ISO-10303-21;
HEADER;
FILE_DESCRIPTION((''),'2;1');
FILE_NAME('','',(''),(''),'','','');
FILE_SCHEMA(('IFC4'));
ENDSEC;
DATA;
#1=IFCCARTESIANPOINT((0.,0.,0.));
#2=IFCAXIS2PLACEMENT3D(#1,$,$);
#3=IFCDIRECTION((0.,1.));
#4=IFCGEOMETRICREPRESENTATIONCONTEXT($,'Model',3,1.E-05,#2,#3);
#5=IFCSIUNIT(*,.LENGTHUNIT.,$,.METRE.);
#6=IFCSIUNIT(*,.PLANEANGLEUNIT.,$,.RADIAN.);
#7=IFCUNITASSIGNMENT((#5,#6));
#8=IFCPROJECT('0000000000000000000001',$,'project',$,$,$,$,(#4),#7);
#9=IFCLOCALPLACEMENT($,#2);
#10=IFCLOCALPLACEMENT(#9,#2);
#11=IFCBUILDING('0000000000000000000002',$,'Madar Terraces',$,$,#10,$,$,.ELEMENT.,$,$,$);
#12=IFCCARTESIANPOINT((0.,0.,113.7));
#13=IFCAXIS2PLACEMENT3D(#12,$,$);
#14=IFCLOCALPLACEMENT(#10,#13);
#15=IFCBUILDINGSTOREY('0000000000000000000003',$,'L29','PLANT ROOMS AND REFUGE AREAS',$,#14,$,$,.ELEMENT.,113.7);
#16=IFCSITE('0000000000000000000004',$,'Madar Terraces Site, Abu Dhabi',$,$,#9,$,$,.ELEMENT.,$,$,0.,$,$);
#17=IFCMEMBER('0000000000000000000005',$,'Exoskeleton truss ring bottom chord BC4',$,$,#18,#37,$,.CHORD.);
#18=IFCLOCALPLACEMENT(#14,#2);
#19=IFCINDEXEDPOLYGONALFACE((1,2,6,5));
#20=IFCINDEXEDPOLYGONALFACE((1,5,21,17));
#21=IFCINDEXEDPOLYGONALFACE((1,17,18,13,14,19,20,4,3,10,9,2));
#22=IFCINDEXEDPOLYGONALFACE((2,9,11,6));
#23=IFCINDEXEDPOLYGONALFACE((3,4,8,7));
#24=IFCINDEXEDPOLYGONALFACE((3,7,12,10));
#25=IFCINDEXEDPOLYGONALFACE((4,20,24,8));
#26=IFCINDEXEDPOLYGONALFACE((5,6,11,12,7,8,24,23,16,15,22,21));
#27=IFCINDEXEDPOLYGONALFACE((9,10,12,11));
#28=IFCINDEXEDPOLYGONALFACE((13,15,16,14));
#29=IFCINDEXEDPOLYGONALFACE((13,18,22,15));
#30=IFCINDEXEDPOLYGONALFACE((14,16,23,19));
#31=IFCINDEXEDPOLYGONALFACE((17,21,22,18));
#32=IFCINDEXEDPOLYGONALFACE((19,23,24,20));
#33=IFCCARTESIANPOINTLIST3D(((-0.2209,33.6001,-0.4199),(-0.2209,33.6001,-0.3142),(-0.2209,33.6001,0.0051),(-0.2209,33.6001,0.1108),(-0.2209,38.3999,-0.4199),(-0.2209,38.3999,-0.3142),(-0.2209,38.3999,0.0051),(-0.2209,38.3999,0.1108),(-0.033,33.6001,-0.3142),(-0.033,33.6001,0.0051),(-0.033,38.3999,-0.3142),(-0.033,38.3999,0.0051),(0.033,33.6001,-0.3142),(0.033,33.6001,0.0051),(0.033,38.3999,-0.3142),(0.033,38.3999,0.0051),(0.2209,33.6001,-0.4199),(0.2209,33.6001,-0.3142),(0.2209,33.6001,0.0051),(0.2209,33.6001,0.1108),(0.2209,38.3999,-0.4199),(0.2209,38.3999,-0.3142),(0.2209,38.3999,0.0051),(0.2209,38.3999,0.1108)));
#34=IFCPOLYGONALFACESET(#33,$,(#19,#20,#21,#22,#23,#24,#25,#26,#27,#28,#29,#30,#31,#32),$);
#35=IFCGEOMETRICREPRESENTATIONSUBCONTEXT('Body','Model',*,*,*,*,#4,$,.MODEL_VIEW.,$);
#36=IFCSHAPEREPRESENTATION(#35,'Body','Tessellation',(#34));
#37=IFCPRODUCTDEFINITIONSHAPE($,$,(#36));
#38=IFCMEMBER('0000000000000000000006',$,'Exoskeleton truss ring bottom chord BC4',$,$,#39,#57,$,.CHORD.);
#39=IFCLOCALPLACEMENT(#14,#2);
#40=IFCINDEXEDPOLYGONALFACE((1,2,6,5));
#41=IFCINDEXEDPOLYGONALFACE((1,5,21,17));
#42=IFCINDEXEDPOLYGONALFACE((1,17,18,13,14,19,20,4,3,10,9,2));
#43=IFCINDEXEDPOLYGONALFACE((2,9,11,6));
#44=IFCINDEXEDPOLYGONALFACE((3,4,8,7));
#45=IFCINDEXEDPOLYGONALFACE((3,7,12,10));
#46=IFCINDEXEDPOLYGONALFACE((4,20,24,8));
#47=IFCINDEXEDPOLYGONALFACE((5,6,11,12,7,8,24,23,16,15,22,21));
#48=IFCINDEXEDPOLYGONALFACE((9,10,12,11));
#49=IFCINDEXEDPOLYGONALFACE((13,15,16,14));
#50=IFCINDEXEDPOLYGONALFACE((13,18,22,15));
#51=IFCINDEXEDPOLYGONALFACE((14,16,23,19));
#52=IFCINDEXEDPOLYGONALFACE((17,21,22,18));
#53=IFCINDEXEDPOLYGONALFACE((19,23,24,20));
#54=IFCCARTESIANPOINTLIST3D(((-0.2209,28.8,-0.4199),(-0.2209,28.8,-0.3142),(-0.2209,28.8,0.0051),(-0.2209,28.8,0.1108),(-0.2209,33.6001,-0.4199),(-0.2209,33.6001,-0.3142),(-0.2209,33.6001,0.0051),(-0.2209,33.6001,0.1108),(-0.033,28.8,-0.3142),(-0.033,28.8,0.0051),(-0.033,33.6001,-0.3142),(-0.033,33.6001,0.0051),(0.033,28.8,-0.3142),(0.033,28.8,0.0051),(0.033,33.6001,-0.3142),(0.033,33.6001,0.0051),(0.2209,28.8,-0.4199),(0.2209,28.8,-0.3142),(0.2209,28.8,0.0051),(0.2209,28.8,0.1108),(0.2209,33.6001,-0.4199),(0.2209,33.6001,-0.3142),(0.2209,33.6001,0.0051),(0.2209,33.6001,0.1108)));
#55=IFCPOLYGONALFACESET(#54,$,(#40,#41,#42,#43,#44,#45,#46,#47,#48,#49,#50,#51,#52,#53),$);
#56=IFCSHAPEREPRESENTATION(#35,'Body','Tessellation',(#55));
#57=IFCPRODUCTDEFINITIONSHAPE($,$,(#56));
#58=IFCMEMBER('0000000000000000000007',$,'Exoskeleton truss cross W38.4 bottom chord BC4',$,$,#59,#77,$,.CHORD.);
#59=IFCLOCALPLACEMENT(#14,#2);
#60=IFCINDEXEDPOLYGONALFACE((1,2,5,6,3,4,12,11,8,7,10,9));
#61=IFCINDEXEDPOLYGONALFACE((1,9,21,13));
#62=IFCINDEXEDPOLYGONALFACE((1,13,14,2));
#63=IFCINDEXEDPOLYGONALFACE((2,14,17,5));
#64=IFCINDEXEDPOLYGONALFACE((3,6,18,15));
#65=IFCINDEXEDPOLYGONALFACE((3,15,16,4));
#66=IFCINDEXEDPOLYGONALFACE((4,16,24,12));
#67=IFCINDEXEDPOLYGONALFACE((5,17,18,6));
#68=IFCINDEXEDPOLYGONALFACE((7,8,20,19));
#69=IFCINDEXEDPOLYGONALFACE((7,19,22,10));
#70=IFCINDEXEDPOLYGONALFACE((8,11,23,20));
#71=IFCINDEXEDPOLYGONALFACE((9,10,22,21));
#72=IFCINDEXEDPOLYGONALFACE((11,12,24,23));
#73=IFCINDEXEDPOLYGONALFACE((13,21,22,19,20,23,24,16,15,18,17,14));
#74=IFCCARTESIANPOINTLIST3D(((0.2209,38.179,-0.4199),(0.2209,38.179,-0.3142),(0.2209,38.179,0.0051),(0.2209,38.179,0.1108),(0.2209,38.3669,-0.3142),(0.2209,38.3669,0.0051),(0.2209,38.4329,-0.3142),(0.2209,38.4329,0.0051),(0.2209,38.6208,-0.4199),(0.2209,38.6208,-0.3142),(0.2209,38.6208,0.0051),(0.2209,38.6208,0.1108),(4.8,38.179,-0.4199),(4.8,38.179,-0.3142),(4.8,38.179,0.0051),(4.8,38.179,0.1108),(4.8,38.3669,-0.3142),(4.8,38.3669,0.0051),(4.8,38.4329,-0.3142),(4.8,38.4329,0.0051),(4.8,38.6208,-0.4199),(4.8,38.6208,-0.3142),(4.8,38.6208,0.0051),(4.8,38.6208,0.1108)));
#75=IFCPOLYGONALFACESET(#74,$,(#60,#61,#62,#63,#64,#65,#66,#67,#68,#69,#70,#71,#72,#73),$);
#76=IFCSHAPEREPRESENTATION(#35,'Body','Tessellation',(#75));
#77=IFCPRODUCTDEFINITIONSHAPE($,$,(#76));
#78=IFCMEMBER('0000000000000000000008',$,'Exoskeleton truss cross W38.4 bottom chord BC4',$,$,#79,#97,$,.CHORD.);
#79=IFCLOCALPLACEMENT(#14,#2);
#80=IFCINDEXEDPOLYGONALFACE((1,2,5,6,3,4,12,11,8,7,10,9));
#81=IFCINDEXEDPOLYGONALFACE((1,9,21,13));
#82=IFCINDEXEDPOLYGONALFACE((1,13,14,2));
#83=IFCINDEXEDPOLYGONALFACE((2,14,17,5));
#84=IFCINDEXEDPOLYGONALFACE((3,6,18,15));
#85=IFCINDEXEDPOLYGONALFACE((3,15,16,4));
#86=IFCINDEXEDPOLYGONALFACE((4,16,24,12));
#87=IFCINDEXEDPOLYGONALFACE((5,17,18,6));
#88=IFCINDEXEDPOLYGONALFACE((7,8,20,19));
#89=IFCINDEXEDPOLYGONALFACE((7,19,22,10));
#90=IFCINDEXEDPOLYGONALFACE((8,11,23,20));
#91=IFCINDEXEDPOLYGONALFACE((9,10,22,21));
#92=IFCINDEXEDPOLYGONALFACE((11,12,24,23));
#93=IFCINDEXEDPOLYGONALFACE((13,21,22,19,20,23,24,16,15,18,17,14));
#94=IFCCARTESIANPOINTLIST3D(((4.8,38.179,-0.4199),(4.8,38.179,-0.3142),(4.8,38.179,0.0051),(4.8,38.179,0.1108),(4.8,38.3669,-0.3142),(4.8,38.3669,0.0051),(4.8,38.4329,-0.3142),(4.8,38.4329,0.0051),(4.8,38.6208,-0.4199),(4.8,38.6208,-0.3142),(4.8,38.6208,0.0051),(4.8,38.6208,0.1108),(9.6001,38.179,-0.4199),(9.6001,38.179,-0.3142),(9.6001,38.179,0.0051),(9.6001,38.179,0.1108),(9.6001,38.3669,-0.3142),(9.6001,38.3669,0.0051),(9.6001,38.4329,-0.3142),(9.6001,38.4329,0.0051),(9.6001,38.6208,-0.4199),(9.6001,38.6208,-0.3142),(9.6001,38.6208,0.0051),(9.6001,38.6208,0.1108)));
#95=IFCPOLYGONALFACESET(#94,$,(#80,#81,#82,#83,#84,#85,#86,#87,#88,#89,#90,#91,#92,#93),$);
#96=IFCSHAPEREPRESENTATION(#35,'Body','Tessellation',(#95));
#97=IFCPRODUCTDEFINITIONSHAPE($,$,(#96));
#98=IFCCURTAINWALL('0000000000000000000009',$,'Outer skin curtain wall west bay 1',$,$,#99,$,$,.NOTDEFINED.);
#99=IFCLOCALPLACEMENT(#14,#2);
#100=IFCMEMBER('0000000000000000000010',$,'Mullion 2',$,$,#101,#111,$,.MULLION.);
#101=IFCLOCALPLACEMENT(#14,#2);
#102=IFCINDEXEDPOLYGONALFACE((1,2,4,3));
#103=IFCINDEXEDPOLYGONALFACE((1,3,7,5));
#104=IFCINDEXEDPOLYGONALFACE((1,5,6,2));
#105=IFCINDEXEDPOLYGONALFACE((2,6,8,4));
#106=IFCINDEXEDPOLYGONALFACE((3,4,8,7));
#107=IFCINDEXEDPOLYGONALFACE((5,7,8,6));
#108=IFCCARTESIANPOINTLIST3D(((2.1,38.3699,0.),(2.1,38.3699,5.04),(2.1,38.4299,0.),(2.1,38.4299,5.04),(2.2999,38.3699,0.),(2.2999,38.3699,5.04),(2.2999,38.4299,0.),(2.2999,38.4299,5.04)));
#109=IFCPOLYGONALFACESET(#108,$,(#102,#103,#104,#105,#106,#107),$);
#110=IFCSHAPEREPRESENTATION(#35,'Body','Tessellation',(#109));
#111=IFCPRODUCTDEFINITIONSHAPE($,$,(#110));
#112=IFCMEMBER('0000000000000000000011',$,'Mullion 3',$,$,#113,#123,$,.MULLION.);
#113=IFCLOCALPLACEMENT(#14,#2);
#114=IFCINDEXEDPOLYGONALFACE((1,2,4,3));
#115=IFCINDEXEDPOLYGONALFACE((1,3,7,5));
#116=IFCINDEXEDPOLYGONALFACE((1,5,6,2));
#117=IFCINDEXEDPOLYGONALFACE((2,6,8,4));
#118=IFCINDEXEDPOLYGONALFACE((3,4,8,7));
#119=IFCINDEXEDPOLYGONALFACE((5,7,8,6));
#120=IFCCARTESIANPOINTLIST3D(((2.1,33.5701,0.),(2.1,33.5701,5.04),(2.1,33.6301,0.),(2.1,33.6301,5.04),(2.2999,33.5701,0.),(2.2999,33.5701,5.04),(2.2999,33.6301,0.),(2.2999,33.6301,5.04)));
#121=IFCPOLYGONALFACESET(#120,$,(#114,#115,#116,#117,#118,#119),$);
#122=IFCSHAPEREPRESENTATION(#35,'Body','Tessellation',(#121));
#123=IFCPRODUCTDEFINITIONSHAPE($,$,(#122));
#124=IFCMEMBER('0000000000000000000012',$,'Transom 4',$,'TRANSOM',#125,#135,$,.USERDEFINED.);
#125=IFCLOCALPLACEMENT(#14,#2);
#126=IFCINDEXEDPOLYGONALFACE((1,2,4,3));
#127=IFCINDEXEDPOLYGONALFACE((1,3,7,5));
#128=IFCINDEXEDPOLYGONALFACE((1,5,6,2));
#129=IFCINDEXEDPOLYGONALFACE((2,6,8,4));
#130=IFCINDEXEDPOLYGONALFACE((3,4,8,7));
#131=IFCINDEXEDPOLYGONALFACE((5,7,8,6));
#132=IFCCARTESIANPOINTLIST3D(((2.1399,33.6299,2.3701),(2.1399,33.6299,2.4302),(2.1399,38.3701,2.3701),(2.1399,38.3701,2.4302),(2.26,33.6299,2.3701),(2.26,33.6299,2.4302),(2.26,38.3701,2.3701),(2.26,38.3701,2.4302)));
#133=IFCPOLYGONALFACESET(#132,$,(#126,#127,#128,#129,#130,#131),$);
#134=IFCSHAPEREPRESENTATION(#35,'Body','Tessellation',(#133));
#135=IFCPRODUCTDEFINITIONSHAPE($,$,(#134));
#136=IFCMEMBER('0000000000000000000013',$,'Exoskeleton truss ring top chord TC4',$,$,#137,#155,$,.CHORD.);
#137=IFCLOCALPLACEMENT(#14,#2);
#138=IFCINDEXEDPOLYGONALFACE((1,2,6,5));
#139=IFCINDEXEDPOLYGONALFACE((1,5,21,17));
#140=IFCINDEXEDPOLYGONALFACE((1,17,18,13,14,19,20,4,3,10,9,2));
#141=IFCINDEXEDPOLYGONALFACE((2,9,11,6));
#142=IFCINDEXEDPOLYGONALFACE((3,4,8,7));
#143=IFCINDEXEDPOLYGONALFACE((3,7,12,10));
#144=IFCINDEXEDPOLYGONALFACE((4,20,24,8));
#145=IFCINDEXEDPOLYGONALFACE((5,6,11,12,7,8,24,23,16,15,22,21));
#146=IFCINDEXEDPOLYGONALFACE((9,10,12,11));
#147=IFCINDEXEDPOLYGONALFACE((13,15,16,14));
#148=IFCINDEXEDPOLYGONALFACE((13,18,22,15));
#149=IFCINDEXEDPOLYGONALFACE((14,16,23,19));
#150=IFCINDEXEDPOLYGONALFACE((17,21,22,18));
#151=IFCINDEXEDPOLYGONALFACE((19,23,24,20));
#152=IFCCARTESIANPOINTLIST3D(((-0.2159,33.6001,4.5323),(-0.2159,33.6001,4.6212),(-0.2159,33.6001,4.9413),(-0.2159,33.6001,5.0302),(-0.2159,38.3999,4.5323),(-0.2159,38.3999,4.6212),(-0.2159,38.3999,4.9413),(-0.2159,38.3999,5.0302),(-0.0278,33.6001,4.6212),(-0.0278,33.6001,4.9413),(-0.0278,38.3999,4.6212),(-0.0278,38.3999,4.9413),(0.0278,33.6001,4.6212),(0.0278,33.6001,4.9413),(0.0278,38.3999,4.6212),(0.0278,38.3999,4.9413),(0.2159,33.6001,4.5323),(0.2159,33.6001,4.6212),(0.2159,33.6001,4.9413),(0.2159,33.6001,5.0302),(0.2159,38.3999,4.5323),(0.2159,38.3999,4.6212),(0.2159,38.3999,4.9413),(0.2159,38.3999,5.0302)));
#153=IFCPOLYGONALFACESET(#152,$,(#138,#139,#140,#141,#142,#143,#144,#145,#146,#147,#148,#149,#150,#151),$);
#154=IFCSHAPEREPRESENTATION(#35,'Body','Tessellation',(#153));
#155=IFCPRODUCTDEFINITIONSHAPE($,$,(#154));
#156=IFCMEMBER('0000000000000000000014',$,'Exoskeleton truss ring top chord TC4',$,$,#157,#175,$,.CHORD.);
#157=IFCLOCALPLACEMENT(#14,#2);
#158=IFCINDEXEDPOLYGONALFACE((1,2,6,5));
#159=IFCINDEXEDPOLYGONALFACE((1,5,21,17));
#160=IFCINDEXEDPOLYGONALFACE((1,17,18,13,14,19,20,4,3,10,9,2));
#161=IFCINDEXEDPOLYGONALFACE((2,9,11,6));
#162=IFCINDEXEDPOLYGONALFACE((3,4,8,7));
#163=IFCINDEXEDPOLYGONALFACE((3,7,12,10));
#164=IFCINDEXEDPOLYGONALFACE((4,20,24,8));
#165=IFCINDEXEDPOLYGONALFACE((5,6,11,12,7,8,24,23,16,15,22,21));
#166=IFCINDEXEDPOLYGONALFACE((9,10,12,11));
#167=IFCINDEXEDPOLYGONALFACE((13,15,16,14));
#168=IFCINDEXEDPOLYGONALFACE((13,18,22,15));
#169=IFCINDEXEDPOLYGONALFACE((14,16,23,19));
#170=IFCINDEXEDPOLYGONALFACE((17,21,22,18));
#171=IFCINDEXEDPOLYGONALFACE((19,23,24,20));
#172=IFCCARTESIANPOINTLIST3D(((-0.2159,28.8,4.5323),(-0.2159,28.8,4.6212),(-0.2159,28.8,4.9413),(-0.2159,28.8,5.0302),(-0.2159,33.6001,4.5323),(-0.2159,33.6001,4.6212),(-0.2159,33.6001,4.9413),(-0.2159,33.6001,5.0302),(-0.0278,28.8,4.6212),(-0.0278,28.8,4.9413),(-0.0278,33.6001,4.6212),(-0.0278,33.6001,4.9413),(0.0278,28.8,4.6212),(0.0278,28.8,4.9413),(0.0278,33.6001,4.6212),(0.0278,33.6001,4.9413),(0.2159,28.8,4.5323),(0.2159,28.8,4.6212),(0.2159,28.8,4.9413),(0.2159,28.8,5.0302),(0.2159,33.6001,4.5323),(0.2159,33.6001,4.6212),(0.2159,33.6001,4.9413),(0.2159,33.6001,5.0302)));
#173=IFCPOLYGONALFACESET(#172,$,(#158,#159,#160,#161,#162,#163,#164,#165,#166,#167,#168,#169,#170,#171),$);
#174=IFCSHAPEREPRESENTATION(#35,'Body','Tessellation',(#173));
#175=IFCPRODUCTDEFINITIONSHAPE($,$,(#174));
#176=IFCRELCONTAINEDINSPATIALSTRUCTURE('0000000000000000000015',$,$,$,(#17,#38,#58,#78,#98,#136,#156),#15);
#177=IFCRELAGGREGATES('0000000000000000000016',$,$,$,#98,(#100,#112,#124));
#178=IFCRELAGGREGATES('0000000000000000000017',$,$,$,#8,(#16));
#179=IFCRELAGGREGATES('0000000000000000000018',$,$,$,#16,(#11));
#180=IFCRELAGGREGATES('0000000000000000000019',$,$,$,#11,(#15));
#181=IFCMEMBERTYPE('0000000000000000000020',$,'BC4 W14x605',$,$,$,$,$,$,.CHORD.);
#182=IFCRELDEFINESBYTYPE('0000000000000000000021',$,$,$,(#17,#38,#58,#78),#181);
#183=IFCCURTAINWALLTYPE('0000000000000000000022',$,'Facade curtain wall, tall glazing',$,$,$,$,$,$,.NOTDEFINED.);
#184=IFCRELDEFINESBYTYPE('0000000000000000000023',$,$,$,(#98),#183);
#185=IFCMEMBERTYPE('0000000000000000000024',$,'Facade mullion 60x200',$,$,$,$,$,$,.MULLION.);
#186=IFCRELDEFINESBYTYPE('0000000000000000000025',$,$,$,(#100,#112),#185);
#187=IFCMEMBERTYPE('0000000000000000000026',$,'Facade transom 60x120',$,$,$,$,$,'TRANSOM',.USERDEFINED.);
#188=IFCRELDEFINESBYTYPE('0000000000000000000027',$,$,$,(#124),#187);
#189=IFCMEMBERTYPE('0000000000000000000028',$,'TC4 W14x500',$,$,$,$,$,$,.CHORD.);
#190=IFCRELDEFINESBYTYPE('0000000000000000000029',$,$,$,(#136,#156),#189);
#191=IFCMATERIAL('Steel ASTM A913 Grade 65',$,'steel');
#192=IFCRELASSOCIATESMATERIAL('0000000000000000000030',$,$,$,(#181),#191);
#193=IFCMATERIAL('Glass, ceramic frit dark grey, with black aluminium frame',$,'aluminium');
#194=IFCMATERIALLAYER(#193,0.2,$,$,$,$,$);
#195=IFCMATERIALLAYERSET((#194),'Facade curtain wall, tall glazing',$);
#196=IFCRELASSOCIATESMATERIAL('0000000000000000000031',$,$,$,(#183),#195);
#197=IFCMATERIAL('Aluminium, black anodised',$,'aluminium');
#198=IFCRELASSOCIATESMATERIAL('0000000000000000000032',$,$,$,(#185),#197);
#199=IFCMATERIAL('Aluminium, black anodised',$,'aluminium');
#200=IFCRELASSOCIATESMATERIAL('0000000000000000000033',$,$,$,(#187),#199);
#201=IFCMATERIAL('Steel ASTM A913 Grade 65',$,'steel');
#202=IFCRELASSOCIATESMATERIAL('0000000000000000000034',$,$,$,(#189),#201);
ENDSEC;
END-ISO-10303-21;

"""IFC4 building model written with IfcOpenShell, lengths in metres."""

from ifc_helpers import new_model, si_unit, direction, frame, origin, origin_2d, place, context, subcontext, project, spatial, rectangle, i_section, extrude, material, layer, layer_set, material_profile, profile_set, type_object, element, aggregate, save


model = new_model("IFC4")

# Units and contexts
model_context = context("Model", 3, precision=1e-05, world=origin(), true_north=direction((0.0, 1.0)))
body_context = subcontext(model_context, "Body", "Model", "MODEL_VIEW")
ifc_project = project(units=[si_unit("LENGTHUNIT", "METRE"), si_unit("PLANEANGLEUNIT", "RADIAN")], contexts=[model_context])

# Site, building, storey
site_placement = place(None, origin())
site = spatial("IfcSite", under=ifc_project, at=site_placement, Name="Madar Terraces Site, Abu Dhabi", CompositionType="ELEMENT", RefElevation=0.0)
building_placement = place(site_placement, origin())
building = spatial("IfcBuilding", under=site, at=building_placement, Name="Madar Terraces", CompositionType="ELEMENT")
storey_placement = place(building_placement, frame((0.0, 0.0, 113.7)))
storey = spatial("IfcBuildingStorey", under=building, at=storey_placement, Name="L29", Description="PLANT ROOMS AND REFUGE AREAS", CompositionType="ELEMENT", Elevation=113.7)

# Members
ifc_material_1 = material(Name="Steel ASTM A913 Grade 65", Category="steel")
ifc_material_profile_1 = material_profile(ifc_material_1, i_section(OverallWidth=0.4419, OverallDepth=0.5308, WebThickness=0.0659, FlangeThickness=0.1057, at=origin_2d()), Name="W14x605")
ifc_profile_set_1 = profile_set([ifc_material_profile_1], Name="Steel ASTM A913 Grade 65")
member_type_1 = type_object("IfcMemberType", Name="BC4 W14x605", PredefinedType="CHORD", material=ifc_profile_set_1)
member_1_placement = place(storey_placement, frame((0.0, 38.3999, -0.1545), z_axis=(0.0, -1.0, 0.0), x_axis=(1.0, 0.0, 0.0)))
element("IfcMember", 1, at=member_1_placement, inside=storey, type_object=member_type_1, Name="Exoskeleton truss ring bottom chord BC4", PredefinedType="CHORD", context=body_context, shape_type="SweptSolid", body=[
    extrude(i_section(OverallWidth=0.4419, OverallDepth=0.5308, WebThickness=0.0659, FlangeThickness=0.1057, at=origin_2d()), origin(), (0.0, 0.0, 1.0), 4.7998),
])
member_2_placement = place(storey_placement, frame((0.0, 33.6001, -0.1545), z_axis=(0.0, -1.0, 0.0), x_axis=(1.0, 0.0, 0.0)))
element("IfcMember", 2, at=member_2_placement, inside=storey, type_object=member_type_1, Name="Exoskeleton truss ring bottom chord BC4", PredefinedType="CHORD", context=body_context, shape_type="SweptSolid", body=[
    extrude(i_section(OverallWidth=0.4419, OverallDepth=0.5308, WebThickness=0.0659, FlangeThickness=0.1057, at=origin_2d()), origin(), (0.0, 0.0, 1.0), 4.8),
])
member_3_placement = place(storey_placement, frame((0.2209, 38.3999, -0.1545), z_axis=(1.0, 0.0, 0.0), x_axis=(0.0, 1.0, 0.0)))
element("IfcMember", 3, at=member_3_placement, inside=storey, type_object=member_type_1, Name="Exoskeleton truss cross W38.4 bottom chord BC4", PredefinedType="CHORD", context=body_context, shape_type="SweptSolid", body=[
    extrude(i_section(OverallWidth=0.4419, OverallDepth=0.5308, WebThickness=0.0659, FlangeThickness=0.1057, at=origin_2d()), origin(), (0.0, 0.0, 1.0), 4.5791),
])
member_4_placement = place(storey_placement, frame((4.8, 38.3999, -0.1545), z_axis=(1.0, 0.0, 0.0), x_axis=(0.0, 1.0, 0.0)))
element("IfcMember", 4, at=member_4_placement, inside=storey, type_object=member_type_1, Name="Exoskeleton truss cross W38.4 bottom chord BC4", PredefinedType="CHORD", context=body_context, shape_type="SweptSolid", body=[
    extrude(i_section(OverallWidth=0.4419, OverallDepth=0.5308, WebThickness=0.0659, FlangeThickness=0.1057, at=origin_2d()), origin(), (0.0, 0.0, 1.0), 4.8),
])

# Curtain wall, members
ifc_material_2 = material(Name="Glass, ceramic frit dark grey, with black aluminium frame", Category="aluminium")
ifc_layer_1 = layer(ifc_material_2, 0.2)
ifc_layer_set_1 = layer_set([ifc_layer_1], Name="Facade curtain wall, tall glazing")
curtain_wall_type = type_object("IfcCurtainWallType", Name="Facade curtain wall, tall glazing", PredefinedType="NOTDEFINED", material=ifc_layer_set_1)
curtain_wall_placement = place(storey_placement, origin())
curtain_wall = element("IfcCurtainWall", 5, at=curtain_wall_placement, inside=storey, type_object=curtain_wall_type, Name="Outer skin curtain wall west bay 1", PredefinedType="NOTDEFINED")
ifc_material_3 = material(Name="Aluminium, black anodised", Category="aluminium")
ifc_material_profile_2 = material_profile(ifc_material_3, rectangle(XDim=0.2, YDim=0.0601, at=origin_2d()), Name="Facade mullion 60x200")
ifc_profile_set_2 = profile_set([ifc_material_profile_2], Name="Aluminium, black anodised")
member_type_2 = type_object("IfcMemberType", Name="Facade mullion 60x200", PredefinedType="MULLION", material=ifc_profile_set_2)
member_5_placement = place(storey_placement, frame((2.2, 38.3999, 0.0), z_axis=(0.0, 0.0, 1.0), x_axis=(1.0, 0.0, 0.0)))
member_5 = element("IfcMember", 6, at=member_5_placement, type_object=member_type_2, Name="Mullion 2", PredefinedType="MULLION", context=body_context, shape_type="SweptSolid", body=[
    extrude(rectangle(XDim=0.2, YDim=0.0601, at=origin_2d()), origin(), (0.0, 0.0, 1.0), 5.04),
])
member_6_placement = place(storey_placement, frame((2.2, 33.6001, 0.0), z_axis=(0.0, 0.0, 1.0), x_axis=(1.0, 0.0, 0.0)))
member_6 = element("IfcMember", 7, at=member_6_placement, type_object=member_type_2, Name="Mullion 3", PredefinedType="MULLION", context=body_context, shape_type="SweptSolid", body=[
    extrude(rectangle(XDim=0.2, YDim=0.0601, at=origin_2d()), origin(), (0.0, 0.0, 1.0), 5.04),
])
ifc_material_4 = material(Name="Aluminium, black anodised", Category="aluminium")
ifc_material_profile_3 = material_profile(ifc_material_4, rectangle(XDim=0.1201, YDim=0.0601, at=origin_2d()), Name="Facade transom 60x120")
ifc_profile_set_3 = profile_set([ifc_material_profile_3], Name="Aluminium, black anodised")
member_type_3 = type_object("IfcMemberType", Name="Facade transom 60x120", ElementType="TRANSOM", PredefinedType="USERDEFINED", material=ifc_profile_set_3)
member_7_placement = place(storey_placement, frame((2.2, 38.3701, 2.4001), z_axis=(0.0, -1.0, 0.0), x_axis=(1.0, 0.0, 0.0)))
member_7 = element("IfcMember", 8, at=member_7_placement, type_object=member_type_3, Name="Transom 4", ObjectType="TRANSOM", PredefinedType="USERDEFINED", context=body_context, shape_type="SweptSolid", body=[
    extrude(rectangle(XDim=0.1201, YDim=0.0601, at=origin_2d()), origin(), (0.0, 0.0, 1.0), 4.7402),
])

# Members
ifc_material_5 = material(Name="Steel ASTM A913 Grade 65", Category="steel")
ifc_material_profile_4 = material_profile(ifc_material_5, i_section(OverallWidth=0.4319, OverallDepth=0.4978, WebThickness=0.0557, FlangeThickness=0.0889, at=origin_2d()), Name="W14x500")
ifc_profile_set_4 = profile_set([ifc_material_profile_4], Name="Steel ASTM A913 Grade 65")
member_type_4 = type_object("IfcMemberType", Name="TC4 W14x500", PredefinedType="CHORD", material=ifc_profile_set_4)
member_8_placement = place(storey_placement, frame((0.0, 38.3999, 4.7812), z_axis=(0.0, -1.0, 0.0), x_axis=(1.0, 0.0, 0.0)))
element("IfcMember", 9, at=member_8_placement, inside=storey, type_object=member_type_4, Name="Exoskeleton truss ring top chord TC4", PredefinedType="CHORD", context=body_context, shape_type="SweptSolid", body=[
    extrude(i_section(OverallWidth=0.4319, OverallDepth=0.4978, WebThickness=0.0557, FlangeThickness=0.0889, at=origin_2d()), origin(), (0.0, 0.0, 1.0), 4.7998),
])
member_9_placement = place(storey_placement, frame((0.0, 33.6001, 4.7812), z_axis=(0.0, -1.0, 0.0), x_axis=(1.0, 0.0, 0.0)))
element("IfcMember", 10, at=member_9_placement, inside=storey, type_object=member_type_4, Name="Exoskeleton truss ring top chord TC4", PredefinedType="CHORD", context=body_context, shape_type="SweptSolid", body=[
    extrude(i_section(OverallWidth=0.4319, OverallDepth=0.4978, WebThickness=0.0557, FlangeThickness=0.0889, at=origin_2d()), origin(), (0.0, 0.0, 1.0), 4.8),
])

aggregate(curtain_wall, [member_5, member_6, member_7])

save(model, "model.ifc")
